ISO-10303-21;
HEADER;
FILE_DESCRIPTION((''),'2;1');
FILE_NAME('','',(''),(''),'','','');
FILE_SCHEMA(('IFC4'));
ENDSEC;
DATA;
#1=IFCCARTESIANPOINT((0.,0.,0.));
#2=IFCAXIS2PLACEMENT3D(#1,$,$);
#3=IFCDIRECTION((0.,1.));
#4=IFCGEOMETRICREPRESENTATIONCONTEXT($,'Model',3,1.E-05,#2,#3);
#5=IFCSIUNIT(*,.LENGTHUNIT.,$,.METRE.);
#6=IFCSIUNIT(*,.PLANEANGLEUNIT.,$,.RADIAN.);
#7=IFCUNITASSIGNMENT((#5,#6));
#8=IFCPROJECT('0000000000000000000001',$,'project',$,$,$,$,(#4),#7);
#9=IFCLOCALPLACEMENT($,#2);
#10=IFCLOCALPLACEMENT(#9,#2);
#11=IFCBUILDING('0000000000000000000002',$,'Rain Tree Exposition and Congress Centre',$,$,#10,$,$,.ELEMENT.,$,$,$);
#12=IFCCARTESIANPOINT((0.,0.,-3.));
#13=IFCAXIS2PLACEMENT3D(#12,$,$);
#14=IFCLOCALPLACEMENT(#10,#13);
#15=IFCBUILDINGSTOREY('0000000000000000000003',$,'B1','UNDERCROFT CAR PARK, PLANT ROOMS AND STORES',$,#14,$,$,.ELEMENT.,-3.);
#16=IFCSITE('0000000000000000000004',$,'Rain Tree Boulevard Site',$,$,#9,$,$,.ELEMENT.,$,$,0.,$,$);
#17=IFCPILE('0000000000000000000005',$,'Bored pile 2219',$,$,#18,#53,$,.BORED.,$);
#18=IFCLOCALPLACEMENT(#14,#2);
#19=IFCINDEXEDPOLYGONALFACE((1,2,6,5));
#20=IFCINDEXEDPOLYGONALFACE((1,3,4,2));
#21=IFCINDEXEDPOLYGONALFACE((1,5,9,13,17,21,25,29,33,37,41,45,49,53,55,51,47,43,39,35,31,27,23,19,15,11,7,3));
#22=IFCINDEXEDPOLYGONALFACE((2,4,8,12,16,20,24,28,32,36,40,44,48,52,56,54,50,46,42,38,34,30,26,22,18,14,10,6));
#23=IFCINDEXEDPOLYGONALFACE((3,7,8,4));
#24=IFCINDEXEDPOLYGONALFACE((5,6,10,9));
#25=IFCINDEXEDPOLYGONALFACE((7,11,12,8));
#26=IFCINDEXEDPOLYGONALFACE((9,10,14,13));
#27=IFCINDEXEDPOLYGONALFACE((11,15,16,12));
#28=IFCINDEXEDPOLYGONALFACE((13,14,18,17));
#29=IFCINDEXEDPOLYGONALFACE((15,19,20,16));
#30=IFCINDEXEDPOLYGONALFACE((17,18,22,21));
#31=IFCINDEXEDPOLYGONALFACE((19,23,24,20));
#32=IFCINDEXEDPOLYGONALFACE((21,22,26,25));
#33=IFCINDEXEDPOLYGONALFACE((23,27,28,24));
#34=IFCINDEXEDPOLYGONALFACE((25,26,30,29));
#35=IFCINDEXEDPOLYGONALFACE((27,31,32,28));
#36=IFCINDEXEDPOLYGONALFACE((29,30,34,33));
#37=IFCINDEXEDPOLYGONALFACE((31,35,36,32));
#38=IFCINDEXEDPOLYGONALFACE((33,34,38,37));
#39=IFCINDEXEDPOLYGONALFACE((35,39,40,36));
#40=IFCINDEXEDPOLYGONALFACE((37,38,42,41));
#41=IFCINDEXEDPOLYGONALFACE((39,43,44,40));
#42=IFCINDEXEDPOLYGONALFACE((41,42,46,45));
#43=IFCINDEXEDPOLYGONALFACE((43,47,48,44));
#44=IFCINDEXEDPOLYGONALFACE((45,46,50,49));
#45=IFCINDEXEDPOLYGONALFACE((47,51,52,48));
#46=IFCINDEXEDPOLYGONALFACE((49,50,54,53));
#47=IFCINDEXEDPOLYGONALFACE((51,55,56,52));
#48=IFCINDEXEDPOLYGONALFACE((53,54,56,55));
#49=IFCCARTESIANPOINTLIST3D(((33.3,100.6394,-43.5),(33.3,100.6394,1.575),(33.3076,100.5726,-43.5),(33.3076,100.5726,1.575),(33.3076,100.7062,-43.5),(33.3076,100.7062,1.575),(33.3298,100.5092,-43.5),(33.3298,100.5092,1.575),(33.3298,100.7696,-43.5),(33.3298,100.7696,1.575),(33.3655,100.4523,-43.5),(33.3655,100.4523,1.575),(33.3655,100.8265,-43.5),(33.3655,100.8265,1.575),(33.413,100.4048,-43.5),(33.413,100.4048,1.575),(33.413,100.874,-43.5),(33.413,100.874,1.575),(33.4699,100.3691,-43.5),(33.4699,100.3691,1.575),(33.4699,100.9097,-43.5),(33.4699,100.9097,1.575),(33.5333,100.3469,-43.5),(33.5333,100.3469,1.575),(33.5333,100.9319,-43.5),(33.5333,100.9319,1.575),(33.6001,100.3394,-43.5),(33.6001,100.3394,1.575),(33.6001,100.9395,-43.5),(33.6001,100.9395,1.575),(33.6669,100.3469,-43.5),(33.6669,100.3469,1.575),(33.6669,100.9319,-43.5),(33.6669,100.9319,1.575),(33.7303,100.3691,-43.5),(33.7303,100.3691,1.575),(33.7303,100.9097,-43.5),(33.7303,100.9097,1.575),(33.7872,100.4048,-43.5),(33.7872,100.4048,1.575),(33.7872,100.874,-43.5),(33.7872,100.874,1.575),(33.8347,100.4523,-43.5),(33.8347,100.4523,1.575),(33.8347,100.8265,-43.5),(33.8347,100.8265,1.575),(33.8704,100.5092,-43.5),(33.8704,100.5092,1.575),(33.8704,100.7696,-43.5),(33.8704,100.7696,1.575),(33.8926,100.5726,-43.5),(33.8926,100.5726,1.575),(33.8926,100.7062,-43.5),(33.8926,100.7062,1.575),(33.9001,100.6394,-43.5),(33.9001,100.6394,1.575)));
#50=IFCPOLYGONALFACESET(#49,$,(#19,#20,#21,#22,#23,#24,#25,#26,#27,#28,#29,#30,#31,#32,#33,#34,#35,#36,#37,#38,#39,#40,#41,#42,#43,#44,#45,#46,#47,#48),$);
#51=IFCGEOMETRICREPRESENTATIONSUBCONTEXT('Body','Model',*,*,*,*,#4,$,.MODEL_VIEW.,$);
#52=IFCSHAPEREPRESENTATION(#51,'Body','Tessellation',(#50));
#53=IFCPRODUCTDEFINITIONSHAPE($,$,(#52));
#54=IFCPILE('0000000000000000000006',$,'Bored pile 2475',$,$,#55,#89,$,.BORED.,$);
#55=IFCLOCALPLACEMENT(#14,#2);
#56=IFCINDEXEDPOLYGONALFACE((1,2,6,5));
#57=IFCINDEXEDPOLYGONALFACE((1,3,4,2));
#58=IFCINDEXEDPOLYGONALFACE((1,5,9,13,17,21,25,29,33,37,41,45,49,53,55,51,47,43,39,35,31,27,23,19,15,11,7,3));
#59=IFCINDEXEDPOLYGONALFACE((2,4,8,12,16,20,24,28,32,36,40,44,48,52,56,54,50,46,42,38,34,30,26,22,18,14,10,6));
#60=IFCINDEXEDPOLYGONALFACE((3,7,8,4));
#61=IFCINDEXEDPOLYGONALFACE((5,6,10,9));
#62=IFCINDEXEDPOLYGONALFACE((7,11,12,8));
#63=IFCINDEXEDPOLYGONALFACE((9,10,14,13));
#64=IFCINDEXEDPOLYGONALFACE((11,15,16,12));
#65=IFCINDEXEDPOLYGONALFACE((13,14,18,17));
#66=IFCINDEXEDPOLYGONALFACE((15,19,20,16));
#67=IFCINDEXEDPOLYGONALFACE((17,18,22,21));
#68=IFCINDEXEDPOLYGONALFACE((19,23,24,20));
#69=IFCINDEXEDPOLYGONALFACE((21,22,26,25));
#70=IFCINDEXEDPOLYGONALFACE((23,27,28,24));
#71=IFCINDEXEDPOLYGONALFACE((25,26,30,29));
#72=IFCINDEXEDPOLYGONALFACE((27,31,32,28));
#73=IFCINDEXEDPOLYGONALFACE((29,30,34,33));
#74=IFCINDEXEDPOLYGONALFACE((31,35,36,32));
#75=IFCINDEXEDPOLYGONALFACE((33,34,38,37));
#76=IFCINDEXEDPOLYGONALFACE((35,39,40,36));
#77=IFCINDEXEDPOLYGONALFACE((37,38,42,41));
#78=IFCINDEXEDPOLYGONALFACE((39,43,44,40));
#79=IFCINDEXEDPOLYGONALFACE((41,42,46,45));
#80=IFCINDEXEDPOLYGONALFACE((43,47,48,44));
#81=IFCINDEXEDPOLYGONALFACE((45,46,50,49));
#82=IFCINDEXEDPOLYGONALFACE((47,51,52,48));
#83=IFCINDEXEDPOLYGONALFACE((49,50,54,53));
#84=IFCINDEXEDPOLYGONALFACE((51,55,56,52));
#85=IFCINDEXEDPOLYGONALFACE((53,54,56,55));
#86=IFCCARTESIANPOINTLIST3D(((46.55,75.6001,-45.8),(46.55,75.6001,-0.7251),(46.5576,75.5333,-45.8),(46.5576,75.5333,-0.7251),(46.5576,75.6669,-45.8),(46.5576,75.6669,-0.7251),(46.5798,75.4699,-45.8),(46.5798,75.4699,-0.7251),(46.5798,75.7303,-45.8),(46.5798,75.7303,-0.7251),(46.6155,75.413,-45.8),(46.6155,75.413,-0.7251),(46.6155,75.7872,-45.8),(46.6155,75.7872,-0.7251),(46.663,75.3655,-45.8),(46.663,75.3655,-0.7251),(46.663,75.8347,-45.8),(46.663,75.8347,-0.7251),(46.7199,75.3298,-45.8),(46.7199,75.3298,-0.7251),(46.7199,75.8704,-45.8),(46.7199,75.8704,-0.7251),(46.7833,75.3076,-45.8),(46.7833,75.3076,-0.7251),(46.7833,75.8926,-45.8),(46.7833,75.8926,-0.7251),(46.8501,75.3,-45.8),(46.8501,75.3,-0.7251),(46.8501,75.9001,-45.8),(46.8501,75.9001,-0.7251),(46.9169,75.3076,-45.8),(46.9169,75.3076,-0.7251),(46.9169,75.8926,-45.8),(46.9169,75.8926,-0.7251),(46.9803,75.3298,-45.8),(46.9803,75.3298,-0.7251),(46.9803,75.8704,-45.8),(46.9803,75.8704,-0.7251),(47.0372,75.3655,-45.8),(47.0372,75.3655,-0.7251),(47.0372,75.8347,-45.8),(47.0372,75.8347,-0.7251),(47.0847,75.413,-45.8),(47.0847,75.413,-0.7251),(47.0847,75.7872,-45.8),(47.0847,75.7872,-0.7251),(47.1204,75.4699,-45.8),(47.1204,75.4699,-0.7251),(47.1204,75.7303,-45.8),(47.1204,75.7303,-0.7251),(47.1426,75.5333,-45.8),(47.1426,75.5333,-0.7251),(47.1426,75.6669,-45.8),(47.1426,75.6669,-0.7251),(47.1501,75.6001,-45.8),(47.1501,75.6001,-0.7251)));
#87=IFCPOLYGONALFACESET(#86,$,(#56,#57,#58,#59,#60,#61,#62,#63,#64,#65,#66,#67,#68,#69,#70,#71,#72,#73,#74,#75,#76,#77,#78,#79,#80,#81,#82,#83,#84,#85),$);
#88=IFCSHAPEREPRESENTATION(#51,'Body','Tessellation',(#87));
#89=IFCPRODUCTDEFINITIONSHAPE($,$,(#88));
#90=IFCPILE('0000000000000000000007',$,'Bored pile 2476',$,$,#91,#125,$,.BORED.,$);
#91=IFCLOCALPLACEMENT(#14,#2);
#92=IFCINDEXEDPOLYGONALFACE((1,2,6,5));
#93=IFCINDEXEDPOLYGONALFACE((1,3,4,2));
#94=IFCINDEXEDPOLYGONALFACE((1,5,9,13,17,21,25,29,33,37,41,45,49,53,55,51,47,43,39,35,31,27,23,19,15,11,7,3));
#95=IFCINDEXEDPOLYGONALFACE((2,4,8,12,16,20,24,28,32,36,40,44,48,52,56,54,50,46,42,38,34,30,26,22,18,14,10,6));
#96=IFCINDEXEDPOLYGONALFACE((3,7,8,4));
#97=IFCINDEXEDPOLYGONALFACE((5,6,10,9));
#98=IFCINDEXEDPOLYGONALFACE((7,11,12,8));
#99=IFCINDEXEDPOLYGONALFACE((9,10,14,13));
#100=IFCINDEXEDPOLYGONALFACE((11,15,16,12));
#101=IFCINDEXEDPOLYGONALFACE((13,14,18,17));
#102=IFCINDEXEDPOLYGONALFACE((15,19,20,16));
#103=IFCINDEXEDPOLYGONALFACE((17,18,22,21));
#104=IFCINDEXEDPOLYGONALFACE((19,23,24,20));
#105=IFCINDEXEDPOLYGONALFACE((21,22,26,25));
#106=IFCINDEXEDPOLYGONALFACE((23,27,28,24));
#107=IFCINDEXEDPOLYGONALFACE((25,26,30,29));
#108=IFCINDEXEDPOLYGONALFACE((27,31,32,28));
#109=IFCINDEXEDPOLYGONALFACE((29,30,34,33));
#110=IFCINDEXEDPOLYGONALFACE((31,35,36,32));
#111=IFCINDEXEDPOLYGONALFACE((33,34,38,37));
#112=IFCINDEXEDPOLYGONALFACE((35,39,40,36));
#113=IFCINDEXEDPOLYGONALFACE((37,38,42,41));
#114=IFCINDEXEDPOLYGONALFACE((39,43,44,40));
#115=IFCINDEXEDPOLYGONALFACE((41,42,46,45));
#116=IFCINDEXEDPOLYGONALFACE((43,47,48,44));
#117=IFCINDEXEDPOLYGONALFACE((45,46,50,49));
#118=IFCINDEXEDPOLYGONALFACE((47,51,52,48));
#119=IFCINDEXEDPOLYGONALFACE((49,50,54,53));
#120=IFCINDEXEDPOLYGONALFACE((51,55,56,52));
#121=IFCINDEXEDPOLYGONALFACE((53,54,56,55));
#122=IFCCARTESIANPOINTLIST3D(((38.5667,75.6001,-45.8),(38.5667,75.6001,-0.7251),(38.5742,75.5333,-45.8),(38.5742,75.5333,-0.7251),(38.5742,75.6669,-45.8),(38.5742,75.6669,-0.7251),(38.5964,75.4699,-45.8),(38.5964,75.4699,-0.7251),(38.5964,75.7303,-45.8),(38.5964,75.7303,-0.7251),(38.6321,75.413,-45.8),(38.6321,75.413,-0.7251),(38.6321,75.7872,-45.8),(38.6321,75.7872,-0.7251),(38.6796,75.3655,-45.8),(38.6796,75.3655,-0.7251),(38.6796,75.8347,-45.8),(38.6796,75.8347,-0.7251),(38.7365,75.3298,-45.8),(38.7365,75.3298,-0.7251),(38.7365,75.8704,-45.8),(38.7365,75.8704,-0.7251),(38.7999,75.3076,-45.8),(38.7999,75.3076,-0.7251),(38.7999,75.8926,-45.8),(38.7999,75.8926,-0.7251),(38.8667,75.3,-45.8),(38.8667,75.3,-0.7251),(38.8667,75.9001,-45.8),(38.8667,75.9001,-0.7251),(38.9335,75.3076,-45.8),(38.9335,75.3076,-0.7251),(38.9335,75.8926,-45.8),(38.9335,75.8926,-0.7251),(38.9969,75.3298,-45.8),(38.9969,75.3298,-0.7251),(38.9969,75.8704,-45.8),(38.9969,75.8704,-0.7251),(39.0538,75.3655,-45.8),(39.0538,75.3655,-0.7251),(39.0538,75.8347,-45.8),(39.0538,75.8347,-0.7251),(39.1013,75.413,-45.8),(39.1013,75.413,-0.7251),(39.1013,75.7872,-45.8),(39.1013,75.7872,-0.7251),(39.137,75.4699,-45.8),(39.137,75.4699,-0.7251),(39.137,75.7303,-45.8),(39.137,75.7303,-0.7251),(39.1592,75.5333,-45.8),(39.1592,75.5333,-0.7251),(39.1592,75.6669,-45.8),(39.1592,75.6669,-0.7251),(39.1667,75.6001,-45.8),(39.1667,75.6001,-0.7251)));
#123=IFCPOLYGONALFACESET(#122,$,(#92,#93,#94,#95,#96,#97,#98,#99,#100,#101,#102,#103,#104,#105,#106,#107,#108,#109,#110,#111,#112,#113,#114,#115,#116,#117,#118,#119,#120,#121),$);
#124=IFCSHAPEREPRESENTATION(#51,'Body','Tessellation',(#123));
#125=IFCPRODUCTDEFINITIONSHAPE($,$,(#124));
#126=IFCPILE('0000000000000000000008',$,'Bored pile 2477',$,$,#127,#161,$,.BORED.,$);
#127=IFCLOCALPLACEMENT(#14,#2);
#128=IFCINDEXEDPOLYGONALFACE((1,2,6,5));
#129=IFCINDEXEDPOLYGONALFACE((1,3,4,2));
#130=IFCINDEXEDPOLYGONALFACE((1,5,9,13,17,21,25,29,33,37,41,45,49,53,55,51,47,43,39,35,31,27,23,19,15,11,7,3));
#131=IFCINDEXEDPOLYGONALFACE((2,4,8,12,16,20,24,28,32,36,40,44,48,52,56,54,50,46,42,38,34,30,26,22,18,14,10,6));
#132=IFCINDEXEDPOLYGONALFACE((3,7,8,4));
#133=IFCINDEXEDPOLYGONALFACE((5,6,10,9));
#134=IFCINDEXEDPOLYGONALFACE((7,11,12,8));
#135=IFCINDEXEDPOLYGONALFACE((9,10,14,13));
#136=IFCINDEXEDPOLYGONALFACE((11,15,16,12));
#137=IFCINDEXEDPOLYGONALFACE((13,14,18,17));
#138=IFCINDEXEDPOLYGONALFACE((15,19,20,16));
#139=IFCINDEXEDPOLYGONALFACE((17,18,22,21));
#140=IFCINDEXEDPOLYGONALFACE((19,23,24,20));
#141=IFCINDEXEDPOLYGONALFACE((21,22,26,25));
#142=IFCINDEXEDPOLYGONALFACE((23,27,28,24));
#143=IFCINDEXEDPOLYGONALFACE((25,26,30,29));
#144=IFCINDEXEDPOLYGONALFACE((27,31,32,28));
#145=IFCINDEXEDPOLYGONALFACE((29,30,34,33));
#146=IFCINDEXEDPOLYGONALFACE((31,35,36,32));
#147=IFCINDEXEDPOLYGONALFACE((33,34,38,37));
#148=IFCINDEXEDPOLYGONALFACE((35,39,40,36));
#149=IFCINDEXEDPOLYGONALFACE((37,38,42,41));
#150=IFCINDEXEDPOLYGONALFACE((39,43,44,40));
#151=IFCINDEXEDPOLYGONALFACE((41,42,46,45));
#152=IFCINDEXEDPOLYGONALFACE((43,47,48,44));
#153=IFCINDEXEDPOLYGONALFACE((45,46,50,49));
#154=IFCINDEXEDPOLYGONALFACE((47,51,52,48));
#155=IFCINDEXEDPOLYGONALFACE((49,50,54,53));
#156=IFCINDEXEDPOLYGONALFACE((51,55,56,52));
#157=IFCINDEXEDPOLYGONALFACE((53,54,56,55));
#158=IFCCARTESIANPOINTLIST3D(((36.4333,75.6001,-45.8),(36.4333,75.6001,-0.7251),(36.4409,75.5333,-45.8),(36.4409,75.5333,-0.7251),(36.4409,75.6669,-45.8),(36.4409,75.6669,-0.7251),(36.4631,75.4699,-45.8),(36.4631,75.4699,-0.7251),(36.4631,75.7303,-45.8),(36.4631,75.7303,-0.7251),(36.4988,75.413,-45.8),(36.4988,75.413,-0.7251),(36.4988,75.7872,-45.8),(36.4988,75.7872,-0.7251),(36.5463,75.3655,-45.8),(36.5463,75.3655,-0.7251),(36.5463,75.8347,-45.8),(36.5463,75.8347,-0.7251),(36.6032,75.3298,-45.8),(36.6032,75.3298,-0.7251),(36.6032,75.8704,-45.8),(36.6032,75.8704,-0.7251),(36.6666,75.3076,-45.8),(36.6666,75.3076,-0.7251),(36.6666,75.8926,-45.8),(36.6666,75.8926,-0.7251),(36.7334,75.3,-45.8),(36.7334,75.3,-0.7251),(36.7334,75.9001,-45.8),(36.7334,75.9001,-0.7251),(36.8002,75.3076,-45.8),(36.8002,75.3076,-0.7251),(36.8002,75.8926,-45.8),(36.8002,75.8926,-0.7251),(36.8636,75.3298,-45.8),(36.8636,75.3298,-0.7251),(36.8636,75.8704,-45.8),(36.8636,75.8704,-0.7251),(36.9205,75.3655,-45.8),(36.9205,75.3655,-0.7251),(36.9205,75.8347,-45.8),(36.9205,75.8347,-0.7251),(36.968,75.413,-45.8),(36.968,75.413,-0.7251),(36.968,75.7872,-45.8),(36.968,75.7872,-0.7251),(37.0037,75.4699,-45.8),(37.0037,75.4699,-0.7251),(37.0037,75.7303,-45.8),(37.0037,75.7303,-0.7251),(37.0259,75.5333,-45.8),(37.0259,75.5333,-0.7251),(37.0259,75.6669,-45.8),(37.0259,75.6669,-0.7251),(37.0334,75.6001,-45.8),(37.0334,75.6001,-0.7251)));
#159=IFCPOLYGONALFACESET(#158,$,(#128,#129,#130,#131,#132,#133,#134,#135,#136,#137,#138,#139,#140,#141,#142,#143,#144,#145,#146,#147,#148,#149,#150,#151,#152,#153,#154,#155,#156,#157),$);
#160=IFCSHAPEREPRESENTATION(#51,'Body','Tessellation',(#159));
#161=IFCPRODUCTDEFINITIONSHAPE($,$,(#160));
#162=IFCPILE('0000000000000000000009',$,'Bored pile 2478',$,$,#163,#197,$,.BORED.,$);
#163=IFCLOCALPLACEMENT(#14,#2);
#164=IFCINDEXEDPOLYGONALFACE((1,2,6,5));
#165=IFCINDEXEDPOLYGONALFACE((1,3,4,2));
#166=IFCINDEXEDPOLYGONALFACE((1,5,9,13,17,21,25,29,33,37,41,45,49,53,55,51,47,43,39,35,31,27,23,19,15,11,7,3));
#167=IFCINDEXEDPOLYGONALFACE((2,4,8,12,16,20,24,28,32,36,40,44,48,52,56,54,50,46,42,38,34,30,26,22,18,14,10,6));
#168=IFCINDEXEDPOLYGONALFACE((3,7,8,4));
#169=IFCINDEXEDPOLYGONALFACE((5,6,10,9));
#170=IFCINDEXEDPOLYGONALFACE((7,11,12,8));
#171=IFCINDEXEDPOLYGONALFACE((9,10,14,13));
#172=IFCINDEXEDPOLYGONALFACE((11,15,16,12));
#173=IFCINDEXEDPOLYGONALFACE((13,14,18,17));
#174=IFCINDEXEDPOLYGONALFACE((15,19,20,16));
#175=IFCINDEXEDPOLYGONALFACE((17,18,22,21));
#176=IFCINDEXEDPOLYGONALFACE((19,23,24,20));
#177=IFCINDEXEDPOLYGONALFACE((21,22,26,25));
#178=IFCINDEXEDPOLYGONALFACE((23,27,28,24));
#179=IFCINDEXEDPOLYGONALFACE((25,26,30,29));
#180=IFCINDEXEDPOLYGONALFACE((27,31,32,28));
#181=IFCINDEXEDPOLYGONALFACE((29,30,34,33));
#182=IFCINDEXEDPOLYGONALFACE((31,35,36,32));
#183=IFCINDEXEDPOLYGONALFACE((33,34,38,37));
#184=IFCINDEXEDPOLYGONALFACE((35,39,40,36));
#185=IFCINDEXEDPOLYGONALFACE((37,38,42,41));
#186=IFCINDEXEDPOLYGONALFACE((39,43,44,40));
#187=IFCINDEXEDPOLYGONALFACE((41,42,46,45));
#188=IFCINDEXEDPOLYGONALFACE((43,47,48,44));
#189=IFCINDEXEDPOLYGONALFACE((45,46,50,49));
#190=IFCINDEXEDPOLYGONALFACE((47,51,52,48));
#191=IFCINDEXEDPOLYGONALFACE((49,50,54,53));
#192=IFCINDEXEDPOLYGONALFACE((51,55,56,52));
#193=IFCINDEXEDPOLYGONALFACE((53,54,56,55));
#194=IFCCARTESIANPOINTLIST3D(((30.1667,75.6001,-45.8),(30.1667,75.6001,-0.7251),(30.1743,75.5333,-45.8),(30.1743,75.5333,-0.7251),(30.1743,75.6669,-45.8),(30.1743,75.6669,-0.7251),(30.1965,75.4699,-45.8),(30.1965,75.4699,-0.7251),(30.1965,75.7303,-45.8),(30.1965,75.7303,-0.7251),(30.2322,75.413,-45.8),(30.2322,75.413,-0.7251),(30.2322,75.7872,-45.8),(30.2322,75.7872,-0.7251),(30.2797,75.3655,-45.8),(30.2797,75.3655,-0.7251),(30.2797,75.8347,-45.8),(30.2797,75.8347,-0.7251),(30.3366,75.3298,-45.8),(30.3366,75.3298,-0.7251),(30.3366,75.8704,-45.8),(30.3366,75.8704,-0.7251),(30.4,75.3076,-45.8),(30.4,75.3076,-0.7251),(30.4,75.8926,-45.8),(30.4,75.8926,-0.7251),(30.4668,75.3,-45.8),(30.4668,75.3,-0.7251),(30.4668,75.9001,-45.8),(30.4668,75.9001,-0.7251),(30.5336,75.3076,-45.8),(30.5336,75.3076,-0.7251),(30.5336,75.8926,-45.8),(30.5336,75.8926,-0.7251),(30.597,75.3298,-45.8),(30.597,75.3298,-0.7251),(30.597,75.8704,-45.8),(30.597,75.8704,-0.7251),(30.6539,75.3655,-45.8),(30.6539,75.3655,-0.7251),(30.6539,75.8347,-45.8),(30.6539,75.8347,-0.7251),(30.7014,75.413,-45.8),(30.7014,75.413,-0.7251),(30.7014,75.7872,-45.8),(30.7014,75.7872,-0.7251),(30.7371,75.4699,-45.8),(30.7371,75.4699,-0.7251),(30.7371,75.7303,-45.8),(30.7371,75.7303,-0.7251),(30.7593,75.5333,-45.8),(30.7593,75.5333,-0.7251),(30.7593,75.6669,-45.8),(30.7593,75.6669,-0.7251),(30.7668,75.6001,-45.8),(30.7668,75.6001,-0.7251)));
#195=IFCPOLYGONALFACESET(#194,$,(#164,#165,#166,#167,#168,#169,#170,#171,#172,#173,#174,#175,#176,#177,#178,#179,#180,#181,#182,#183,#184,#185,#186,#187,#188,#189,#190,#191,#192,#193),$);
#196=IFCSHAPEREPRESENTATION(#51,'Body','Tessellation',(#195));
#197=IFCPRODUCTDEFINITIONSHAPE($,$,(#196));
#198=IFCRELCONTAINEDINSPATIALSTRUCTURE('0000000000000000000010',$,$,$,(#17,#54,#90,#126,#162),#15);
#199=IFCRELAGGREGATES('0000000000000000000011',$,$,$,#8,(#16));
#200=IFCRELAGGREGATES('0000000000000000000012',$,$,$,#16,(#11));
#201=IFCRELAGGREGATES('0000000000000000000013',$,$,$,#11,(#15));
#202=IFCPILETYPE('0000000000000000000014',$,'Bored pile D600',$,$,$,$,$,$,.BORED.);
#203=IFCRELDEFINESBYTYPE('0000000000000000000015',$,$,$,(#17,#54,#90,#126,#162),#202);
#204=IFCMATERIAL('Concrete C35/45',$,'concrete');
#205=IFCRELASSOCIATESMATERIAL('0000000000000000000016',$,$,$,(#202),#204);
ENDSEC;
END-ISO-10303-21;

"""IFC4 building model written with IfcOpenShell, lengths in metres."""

from ifc_helpers import new_model, si_unit, direction, frame, origin, origin_2d, place, context, subcontext, project, spatial, circle, extrude, material, material_profile, profile_set, type_object, element, save


model = new_model("IFC4")

# Units and contexts
model_context = context("Model", 3, precision=1e-05, world=origin(), true_north=direction((0.0, 1.0)))
body_context = subcontext(model_context, "Body", "Model", "MODEL_VIEW")
ifc_project = project(units=[si_unit("LENGTHUNIT", "METRE"), si_unit("PLANEANGLEUNIT", "RADIAN")], contexts=[model_context])

# Site, building, storey
site_placement = place(None, origin())
site = spatial("IfcSite", under=ifc_project, at=site_placement, Name="Rain Tree Boulevard Site", CompositionType="ELEMENT", RefElevation=0.0)
building_placement = place(site_placement, origin())
building = spatial("IfcBuilding", under=site, at=building_placement, Name="Rain Tree Exposition and Congress Centre", CompositionType="ELEMENT")
storey_placement = place(building_placement, frame((0.0, 0.0, -3.0)))
storey = spatial("IfcBuildingStorey", under=building, at=storey_placement, Name="B1", Description="UNDERCROFT CAR PARK, PLANT ROOMS AND STORES", CompositionType="ELEMENT", Elevation=-3.0)

# Piles
ifc_material_1 = material(Name="Concrete C35/45", Category="concrete")
ifc_material_profile_1 = material_profile(ifc_material_1, circle(Radius=0.3, at=origin_2d()), Name="D600")
ifc_profile_set_1 = profile_set([ifc_material_profile_1], Name="Concrete C35/45")
pile_type_1 = type_object("IfcPileType", Name="Bored pile D600", PredefinedType="BORED", material=ifc_profile_set_1)
for number, where, z_axis, x_axis, name in (
    (1, (33.6001, 100.6394, 1.575), (0.0, 0.0, -1.0), (1.0, 0.0, 0.0), "Bored pile 2219"),
    (2, (46.8501, 75.6001, -0.7251), (0.0, 0.0, -1.0), (1.0, 0.0, 0.0), "Bored pile 2475"),
    (3, (38.8667, 75.6001, -0.7251), (0.0, 0.0, -1.0), (1.0, 0.0, 0.0), "Bored pile 2476"),
    (4, (36.7334, 75.6001, -0.7251), (0.0, 0.0, -1.0), (1.0, 0.0, 0.0), "Bored pile 2477"),
    (5, (30.4668, 75.6001, -0.7251), (0.0, 0.0, -1.0), (1.0, 0.0, 0.0), "Bored pile 2478"),
):
    element("IfcPile", number, at=place(storey_placement, frame(where, z_axis=z_axis, x_axis=x_axis)), inside=storey, type_object=pile_type_1, Name=name, PredefinedType="BORED", context=body_context, shape_type="SweptSolid", body=[
        extrude(circle(Radius=0.3, at=origin_2d()), origin(), (0.0, 0.0, 1.0), 45.075),
    ])

save(model, "model.ifc")
